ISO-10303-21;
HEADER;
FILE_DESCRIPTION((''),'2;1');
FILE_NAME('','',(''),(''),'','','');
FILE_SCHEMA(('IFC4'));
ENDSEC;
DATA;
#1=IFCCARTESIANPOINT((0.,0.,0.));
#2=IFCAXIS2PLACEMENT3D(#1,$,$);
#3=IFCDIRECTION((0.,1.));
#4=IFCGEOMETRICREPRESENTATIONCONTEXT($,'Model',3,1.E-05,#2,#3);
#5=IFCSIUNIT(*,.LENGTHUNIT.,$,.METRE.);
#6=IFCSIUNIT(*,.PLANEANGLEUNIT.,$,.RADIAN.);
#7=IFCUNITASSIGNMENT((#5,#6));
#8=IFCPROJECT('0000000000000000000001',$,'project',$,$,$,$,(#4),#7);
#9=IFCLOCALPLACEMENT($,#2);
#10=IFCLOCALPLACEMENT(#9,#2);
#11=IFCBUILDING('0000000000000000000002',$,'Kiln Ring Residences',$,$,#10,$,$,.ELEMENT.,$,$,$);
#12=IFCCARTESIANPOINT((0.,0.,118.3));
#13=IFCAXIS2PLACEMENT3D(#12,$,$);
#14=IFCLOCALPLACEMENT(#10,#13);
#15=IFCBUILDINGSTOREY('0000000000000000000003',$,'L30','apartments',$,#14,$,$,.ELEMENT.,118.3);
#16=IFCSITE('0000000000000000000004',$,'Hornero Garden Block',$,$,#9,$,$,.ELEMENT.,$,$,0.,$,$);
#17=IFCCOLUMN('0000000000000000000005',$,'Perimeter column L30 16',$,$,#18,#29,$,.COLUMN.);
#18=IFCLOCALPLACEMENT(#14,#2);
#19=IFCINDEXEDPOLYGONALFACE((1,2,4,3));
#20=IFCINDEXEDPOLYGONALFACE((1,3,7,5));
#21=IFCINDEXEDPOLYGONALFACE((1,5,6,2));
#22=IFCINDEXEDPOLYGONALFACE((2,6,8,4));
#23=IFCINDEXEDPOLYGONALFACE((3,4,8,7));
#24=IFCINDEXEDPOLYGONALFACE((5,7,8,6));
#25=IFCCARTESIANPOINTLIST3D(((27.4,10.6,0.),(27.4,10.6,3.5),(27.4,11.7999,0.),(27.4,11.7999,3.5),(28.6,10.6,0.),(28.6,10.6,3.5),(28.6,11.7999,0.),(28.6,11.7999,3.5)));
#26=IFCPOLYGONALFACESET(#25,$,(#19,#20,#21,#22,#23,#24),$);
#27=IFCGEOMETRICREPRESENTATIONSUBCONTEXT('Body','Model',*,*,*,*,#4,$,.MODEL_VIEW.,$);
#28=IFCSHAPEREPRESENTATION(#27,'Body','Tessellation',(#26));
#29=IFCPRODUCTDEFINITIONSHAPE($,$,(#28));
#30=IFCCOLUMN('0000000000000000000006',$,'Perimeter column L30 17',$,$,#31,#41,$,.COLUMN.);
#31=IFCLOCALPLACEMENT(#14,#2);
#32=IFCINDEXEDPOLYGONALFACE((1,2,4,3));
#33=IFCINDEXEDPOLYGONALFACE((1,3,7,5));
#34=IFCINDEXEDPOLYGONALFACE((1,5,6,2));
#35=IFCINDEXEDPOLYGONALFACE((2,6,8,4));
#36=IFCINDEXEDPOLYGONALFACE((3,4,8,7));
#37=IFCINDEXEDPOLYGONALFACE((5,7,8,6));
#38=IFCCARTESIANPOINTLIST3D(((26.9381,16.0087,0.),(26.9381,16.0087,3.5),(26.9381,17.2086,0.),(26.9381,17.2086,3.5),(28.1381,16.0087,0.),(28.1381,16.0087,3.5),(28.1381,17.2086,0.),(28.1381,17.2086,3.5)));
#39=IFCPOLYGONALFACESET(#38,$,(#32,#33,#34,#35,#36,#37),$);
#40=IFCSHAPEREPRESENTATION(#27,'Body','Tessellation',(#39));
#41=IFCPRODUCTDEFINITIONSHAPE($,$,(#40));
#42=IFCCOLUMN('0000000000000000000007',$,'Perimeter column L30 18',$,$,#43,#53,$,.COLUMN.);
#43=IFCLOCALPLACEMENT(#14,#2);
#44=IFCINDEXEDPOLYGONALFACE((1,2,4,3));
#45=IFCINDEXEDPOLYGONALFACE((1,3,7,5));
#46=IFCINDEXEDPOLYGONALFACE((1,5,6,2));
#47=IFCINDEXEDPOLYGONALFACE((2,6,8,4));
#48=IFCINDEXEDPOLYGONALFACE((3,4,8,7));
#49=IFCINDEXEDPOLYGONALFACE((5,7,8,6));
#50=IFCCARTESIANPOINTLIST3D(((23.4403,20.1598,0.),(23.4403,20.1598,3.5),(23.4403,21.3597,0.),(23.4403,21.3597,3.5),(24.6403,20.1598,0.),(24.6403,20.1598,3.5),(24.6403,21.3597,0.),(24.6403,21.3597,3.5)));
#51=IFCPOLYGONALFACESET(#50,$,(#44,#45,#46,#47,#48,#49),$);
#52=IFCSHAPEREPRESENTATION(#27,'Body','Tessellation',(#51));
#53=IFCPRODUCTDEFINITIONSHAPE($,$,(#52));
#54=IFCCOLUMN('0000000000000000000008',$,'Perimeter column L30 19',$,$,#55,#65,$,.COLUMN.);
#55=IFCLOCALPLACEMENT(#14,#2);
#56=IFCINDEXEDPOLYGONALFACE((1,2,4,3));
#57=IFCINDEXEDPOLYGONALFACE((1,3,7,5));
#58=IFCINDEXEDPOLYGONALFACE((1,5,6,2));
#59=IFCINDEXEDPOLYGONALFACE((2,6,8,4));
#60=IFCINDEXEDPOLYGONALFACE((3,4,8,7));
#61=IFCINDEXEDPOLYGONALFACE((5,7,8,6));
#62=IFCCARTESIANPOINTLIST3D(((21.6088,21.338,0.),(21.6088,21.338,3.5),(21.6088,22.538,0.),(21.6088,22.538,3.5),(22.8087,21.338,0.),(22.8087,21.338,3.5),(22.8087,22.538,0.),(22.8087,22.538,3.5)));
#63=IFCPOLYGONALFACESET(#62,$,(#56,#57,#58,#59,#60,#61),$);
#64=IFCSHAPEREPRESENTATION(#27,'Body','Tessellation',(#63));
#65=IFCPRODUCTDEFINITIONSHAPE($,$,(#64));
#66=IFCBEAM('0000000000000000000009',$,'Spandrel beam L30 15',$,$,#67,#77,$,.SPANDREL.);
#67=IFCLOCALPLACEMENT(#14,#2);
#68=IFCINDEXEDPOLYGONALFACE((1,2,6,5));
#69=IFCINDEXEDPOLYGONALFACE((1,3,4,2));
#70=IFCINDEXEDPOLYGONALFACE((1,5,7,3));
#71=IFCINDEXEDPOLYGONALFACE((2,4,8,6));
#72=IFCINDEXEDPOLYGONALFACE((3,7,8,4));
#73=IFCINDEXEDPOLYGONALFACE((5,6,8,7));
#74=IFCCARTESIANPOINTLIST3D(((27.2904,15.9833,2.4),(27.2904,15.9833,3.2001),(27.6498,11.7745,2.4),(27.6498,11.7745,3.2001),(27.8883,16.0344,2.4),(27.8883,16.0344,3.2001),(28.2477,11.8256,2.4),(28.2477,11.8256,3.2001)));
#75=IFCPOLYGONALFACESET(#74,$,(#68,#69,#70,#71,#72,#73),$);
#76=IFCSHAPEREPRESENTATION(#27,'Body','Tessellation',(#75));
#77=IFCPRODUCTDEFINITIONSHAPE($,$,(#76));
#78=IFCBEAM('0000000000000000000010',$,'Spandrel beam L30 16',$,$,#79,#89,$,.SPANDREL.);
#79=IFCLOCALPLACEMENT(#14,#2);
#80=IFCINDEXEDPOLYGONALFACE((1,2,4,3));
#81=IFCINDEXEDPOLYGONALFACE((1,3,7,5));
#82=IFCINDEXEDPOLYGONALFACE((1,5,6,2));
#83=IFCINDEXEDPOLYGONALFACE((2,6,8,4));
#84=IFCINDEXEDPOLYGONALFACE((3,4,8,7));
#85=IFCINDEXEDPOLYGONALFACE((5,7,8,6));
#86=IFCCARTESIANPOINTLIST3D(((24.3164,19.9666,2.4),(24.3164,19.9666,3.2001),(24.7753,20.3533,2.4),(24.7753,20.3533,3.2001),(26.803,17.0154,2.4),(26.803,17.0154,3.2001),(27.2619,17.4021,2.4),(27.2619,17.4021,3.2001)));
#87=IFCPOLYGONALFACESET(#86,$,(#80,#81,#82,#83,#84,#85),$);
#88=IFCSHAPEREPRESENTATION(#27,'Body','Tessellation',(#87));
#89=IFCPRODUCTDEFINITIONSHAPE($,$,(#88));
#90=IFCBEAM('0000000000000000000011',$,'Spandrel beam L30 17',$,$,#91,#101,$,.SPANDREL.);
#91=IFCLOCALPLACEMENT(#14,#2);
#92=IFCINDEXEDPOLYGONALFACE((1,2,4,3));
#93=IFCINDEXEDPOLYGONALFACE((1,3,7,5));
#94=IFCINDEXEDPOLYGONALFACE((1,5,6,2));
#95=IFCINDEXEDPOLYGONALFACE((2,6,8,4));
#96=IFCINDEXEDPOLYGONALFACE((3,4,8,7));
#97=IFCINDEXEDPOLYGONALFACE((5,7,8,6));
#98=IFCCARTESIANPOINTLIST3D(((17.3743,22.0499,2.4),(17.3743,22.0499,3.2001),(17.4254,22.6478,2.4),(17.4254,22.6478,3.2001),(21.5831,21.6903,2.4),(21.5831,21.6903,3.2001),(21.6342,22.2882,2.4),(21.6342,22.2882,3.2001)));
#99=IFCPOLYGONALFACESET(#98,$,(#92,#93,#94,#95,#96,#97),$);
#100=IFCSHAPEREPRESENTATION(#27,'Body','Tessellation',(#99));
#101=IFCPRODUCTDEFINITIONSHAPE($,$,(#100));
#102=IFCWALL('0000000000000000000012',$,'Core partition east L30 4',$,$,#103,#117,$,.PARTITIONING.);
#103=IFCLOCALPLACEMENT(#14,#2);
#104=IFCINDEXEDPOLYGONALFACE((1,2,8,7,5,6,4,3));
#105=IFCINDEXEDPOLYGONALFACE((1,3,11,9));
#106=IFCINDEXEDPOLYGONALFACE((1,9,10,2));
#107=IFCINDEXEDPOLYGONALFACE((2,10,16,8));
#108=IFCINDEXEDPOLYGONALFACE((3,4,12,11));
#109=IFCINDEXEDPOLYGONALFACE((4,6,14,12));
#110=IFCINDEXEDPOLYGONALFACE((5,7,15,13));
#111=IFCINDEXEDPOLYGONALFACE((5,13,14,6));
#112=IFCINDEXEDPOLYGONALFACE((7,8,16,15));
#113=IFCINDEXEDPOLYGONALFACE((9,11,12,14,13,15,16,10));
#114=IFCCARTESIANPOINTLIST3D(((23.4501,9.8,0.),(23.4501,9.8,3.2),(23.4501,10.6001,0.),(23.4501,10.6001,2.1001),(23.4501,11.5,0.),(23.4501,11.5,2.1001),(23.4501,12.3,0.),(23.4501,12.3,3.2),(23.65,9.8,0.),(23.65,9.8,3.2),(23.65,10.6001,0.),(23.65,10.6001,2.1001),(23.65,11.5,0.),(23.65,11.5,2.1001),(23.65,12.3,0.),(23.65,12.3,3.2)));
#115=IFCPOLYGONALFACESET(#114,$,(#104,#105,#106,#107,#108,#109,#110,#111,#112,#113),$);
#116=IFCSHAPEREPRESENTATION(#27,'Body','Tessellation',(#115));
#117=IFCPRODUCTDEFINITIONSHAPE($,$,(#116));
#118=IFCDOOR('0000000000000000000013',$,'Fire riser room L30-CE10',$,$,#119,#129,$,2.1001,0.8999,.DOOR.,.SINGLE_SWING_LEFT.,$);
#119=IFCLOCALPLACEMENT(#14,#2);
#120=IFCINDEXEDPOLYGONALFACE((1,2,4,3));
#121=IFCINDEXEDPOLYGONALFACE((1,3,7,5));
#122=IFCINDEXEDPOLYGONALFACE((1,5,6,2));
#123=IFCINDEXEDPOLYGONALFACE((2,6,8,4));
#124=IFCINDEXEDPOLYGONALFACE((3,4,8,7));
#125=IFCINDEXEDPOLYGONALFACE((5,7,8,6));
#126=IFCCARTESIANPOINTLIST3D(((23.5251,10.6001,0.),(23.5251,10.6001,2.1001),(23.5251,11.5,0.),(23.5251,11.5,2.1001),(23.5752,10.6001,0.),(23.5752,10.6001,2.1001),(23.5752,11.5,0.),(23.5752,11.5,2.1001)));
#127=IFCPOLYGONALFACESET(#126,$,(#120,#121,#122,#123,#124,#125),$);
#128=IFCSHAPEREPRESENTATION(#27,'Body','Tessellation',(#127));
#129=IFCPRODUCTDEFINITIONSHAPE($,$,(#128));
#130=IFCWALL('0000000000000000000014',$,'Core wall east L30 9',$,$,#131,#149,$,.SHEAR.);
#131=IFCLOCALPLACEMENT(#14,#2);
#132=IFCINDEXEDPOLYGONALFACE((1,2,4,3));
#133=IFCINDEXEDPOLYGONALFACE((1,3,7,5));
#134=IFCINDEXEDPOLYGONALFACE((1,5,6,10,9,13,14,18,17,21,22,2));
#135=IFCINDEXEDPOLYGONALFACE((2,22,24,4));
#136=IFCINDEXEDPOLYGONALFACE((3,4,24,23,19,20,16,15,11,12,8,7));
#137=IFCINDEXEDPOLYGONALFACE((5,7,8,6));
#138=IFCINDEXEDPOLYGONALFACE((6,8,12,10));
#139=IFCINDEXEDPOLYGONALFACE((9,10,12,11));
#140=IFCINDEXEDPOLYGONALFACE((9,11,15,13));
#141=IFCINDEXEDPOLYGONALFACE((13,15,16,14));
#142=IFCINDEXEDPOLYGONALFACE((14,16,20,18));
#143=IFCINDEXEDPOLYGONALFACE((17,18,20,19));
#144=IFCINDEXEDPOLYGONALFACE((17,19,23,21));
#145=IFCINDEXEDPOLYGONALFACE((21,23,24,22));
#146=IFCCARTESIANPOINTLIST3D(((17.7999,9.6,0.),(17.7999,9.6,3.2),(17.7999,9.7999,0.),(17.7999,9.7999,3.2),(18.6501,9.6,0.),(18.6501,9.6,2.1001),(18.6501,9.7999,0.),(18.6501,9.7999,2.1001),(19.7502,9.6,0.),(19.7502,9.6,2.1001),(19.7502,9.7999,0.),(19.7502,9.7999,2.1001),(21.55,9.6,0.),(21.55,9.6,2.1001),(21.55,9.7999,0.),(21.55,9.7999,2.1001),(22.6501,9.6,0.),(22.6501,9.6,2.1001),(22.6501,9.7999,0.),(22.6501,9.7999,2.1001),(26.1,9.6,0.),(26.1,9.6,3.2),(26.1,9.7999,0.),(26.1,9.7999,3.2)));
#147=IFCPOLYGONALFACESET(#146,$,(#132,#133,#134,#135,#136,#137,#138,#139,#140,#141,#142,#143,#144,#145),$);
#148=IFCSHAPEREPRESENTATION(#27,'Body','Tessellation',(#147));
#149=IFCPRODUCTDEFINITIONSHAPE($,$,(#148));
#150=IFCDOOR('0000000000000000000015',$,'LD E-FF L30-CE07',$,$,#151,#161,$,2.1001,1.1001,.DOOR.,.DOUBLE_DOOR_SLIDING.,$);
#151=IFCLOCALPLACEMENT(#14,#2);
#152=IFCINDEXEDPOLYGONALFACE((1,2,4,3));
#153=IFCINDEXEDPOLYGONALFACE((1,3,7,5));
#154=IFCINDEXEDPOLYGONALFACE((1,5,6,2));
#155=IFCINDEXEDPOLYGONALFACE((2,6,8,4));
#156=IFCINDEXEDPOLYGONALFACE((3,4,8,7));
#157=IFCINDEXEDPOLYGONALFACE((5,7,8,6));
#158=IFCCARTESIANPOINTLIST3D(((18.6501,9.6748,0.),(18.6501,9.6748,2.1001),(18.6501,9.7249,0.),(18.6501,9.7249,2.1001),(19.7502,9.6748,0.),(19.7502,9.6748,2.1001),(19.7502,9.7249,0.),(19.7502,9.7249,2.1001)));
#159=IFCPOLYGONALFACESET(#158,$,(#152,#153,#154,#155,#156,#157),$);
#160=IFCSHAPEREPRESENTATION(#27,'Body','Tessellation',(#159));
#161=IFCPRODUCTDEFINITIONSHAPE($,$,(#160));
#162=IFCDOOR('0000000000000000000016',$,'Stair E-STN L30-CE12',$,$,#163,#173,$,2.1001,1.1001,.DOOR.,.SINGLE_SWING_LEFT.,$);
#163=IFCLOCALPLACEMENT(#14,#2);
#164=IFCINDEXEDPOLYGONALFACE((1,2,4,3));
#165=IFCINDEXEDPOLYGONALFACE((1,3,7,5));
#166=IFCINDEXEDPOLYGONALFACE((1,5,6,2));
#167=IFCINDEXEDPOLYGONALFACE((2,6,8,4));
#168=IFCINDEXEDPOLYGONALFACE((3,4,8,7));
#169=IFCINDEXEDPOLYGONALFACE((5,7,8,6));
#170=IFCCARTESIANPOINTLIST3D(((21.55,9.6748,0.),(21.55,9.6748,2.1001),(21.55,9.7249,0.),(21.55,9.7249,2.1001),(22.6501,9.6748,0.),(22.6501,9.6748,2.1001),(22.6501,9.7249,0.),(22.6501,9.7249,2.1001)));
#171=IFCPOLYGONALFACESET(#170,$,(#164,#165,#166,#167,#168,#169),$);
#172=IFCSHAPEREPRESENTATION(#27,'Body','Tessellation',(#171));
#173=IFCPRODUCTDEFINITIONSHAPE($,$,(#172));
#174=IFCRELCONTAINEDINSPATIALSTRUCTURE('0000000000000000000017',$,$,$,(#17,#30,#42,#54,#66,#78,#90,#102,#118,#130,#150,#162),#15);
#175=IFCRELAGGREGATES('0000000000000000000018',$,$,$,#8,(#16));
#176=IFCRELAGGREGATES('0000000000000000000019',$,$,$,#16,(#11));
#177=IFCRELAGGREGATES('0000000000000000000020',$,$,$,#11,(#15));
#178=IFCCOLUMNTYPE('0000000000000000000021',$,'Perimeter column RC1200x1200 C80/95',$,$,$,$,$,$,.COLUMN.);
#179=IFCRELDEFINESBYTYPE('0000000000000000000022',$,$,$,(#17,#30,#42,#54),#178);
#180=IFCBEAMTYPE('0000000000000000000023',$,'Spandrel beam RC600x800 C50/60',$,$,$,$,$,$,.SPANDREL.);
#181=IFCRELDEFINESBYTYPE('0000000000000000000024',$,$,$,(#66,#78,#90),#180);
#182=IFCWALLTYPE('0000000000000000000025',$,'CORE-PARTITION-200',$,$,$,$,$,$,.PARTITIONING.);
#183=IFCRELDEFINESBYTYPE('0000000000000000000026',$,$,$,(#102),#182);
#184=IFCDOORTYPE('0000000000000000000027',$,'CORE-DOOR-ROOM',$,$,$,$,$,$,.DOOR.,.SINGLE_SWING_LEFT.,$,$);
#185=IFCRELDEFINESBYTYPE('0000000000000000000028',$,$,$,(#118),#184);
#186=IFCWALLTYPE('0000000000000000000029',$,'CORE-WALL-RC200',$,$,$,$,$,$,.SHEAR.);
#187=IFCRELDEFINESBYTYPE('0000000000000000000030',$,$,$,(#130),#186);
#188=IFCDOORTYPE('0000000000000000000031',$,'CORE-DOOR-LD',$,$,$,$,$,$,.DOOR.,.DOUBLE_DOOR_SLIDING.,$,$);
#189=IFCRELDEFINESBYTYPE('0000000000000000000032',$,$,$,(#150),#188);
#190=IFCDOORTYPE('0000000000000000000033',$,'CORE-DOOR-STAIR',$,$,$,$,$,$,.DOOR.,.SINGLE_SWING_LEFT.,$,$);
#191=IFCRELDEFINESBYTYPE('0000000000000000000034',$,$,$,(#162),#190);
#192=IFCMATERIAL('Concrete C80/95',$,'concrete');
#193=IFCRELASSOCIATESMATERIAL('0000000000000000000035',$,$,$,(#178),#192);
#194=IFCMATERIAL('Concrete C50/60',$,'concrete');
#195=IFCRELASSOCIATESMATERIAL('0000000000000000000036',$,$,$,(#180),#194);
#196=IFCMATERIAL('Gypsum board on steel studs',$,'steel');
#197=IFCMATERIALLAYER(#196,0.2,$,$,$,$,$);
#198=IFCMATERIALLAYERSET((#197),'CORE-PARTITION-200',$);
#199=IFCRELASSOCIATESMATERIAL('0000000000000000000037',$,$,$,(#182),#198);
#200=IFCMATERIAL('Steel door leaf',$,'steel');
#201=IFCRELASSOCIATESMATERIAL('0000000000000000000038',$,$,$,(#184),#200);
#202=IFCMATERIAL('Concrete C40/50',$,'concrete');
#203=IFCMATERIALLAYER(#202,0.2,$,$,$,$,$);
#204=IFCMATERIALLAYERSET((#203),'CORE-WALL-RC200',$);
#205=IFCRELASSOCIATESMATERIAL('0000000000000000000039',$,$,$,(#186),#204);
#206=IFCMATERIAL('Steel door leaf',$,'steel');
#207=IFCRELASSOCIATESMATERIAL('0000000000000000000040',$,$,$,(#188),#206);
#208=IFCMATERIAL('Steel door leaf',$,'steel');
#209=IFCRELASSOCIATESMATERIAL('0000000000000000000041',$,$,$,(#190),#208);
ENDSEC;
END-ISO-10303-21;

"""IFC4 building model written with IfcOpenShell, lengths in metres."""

from ifc_helpers import new_model, si_unit, direction, frame, frame_2d, origin, origin_2d, place, context, subcontext, project, spatial, rectangle, extrude, material, layer, layer_set, material_profile, profile_set, type_object, element, fill, save


model = new_model("IFC4")

# Units and contexts
model_context = context("Model", 3, precision=1e-05, world=origin(), true_north=direction((0.0, 1.0)))
body_context = subcontext(model_context, "Body", "Model", "MODEL_VIEW")
ifc_project = project(units=[si_unit("LENGTHUNIT", "METRE"), si_unit("PLANEANGLEUNIT", "RADIAN")], contexts=[model_context])

# Site, building, storey
site_placement = place(None, origin())
site = spatial("IfcSite", under=ifc_project, at=site_placement, Name="Hornero Garden Block", CompositionType="ELEMENT", RefElevation=0.0)
building_placement = place(site_placement, origin())
building = spatial("IfcBuilding", under=site, at=building_placement, Name="Kiln Ring Residences", CompositionType="ELEMENT")
storey_placement = place(building_placement, frame((0.0, 0.0, 118.3)))
storey = spatial("IfcBuildingStorey", under=building, at=storey_placement, Name="L30", Description="apartments", CompositionType="ELEMENT", Elevation=118.3)

# Columns
ifc_material_1 = material(Name="Concrete C80/95", Category="concrete")
ifc_material_profile_1 = material_profile(ifc_material_1, rectangle(XDim=1.2, YDim=1.2, at=origin_2d()), Name="RC1200x1200")
ifc_profile_set_1 = profile_set([ifc_material_profile_1], Name="Concrete C80/95")
column_type = type_object("IfcColumnType", Name="Perimeter column RC1200x1200 C80/95", PredefinedType="COLUMN", material=ifc_profile_set_1)
for number, where, z_axis, x_axis, name in (
    (1, (28.0, 11.2, 0.0), (0.0, 0.0, 1.0), (1.0, 0.0, 0.0), "Perimeter column L30 16"),
    (2, (27.5381, 16.6086, 0.0), (0.0, 0.0, 1.0), (1.0, 0.0, 0.0), "Perimeter column L30 17"),
    (3, (24.0403, 20.7598, 0.0), (0.0, 0.0, 1.0), (1.0, 0.0, 0.0), "Perimeter column L30 18"),
    (4, (22.2087, 21.938, 0.0), (0.0, 0.0, 1.0), (1.0, 0.0, 0.0), "Perimeter column L30 19"),
):
    element("IfcColumn", number, at=place(storey_placement, frame(where, z_axis=z_axis, x_axis=x_axis)), inside=storey, type_object=column_type, Name=name, PredefinedType="COLUMN", context=body_context, shape_type="SweptSolid", body=[
        extrude(rectangle(XDim=1.2, YDim=1.2, at=origin_2d()), origin(), (0.0, 0.0, 1.0), 3.5),
    ])

# Beams
ifc_material_2 = material(Name="Concrete C50/60", Category="concrete")
ifc_material_profile_2 = material_profile(ifc_material_2, rectangle(XDim=0.6001, YDim=0.8, at=origin_2d()), Name="RC600x800")
ifc_profile_set_2 = profile_set([ifc_material_profile_2], Name="Concrete C50/60")
beam_type = type_object("IfcBeamType", Name="Spandrel beam RC600x800 C50/60", PredefinedType="SPANDREL", material=ifc_profile_set_2)
beam_1_placement = place(storey_placement, frame((27.9487, 11.8, 2.8), z_axis=(-0.085078, 0.996374, 0.0), x_axis=(-0.996374, -0.085078, 0.0)))
element("IfcBeam", 5, at=beam_1_placement, inside=storey, type_object=beam_type, Name="Spandrel beam L30 15", PredefinedType="SPANDREL", context=body_context, shape_type="SweptSolid", body=[
    extrude(rectangle(XDim=0.6001, YDim=0.8, at=origin_2d()), origin(), (0.0, 0.0, 1.0), 4.2241),
])
beam_2_placement = place(storey_placement, frame((27.0325, 17.2087, 2.8), z_axis=(-0.644344, 0.764736, 0.0), x_axis=(-0.764736, -0.644344, 0.0)))
element("IfcBeam", 6, at=beam_2_placement, inside=storey, type_object=beam_type, Name="Spandrel beam L30 16", PredefinedType="SPANDREL", context=body_context, shape_type="SweptSolid", body=[
    extrude(rectangle(XDim=0.6001, YDim=0.8, at=origin_2d()), origin(), (0.0, 0.0, 1.0), 3.8591),
])
beam_3_placement = place(storey_placement, frame((21.6086, 21.9893, 2.8), z_axis=(-0.996369, 0.085136, 0.0), x_axis=(-0.085136, -0.996369, 0.0)))
element("IfcBeam", 7, at=beam_3_placement, inside=storey, type_object=beam_type, Name="Spandrel beam L30 17", PredefinedType="SPANDREL", context=body_context, shape_type="SweptSolid", body=[
    extrude(rectangle(XDim=0.6001, YDim=0.8, at=origin_2d()), origin(), (0.0, 0.0, 1.0), 4.2241),
])

# Wall, opening, door
ifc_material_3 = material(Name="Gypsum board on steel studs", Category="steel")
ifc_layer_1 = layer(ifc_material_3, 0.2)
ifc_layer_set_1 = layer_set([ifc_layer_1], Name="CORE-PARTITION-200")
wall_type_1 = type_object("IfcWallType", Name="CORE-PARTITION-200", PredefinedType="PARTITIONING", material=ifc_layer_set_1)
wall_1_placement = place(storey_placement, frame((23.55, 9.8, 0.0), z_axis=(0.0, 0.0, 1.0), x_axis=(0.0, 1.0, 0.0)))
wall_1 = element("IfcWall", 8, at=wall_1_placement, inside=storey, type_object=wall_type_1, Name="Core partition east L30 4", PredefinedType="PARTITIONING", context=body_context, shape_type="SweptSolid", body=[
    extrude(rectangle(XDim=2.5, YDim=0.2, at=frame_2d((1.25, 0.0))), origin(), (0.0, 0.0, 1.0), 3.2),
])
opening_1_placement = place(wall_1_placement, frame((0.8, 0.0, 0.0)))
opening_1 = element("IfcOpeningElement", 9, at=opening_1_placement, cuts=wall_1, PredefinedType="OPENING", context=body_context, shape_type="SweptSolid", body=[
    extrude(rectangle(XDim=0.8999, YDim=2.1001, at=frame_2d((0.45, 1.05))), frame((0.0, 0.1099, 0.0), z_axis=(0.0, -1.0, 0.0), x_axis=(1.0, 0.0, 0.0)), (0.0, 0.0, 1.0), 0.22),
])
ifc_material_4 = material(Name="Steel door leaf", Category="steel")
door_type_1 = type_object("IfcDoorType", Name="CORE-DOOR-ROOM", OperationType="SINGLE_SWING_LEFT", PredefinedType="DOOR", material=ifc_material_4)
door_1_placement = place(opening_1_placement, origin())
door_1 = element("IfcDoor", 10, at=door_1_placement, inside=storey, type_object=door_type_1, Name="Fire riser room L30-CE10", OperationType="SINGLE_SWING_LEFT", OverallHeight=2.1001, OverallWidth=0.8999, PredefinedType="DOOR", context=body_context, shape_type="SweptSolid", body=[
    extrude(rectangle(XDim=0.8999, YDim=2.1001, at=frame_2d((0.45, 1.05))), frame((0.0, 0.0249, 0.0), z_axis=(0.0, -1.0, 0.0), x_axis=(1.0, 0.0, 0.0)), (0.0, 0.0, 1.0), 0.05),
])
fill(opening_1, door_1)

# Wall, openings, doors
ifc_material_5 = material(Name="Concrete C40/50", Category="concrete")
ifc_layer_2 = layer(ifc_material_5, 0.2)
ifc_layer_set_2 = layer_set([ifc_layer_2], Name="CORE-WALL-RC200")
wall_type_2 = type_object("IfcWallType", Name="CORE-WALL-RC200", PredefinedType="SHEAR", material=ifc_layer_set_2)
wall_2_placement = place(storey_placement, frame((17.8, 9.7, 0.0), z_axis=(0.0, 0.0, 1.0), x_axis=(1.0, 0.0, 0.0)))
wall_2 = element("IfcWall", 11, at=wall_2_placement, inside=storey, type_object=wall_type_2, Name="Core wall east L30 9", PredefinedType="SHEAR", context=body_context, shape_type="SweptSolid", body=[
    extrude(rectangle(XDim=8.3, YDim=0.2, at=frame_2d((4.1499, 0.0))), origin(), (0.0, 0.0, 1.0), 3.2),
])
opening_2_placement = place(wall_2_placement, frame((0.8501, 0.0, 0.0)))
opening_2 = element("IfcOpeningElement", 12, at=opening_2_placement, cuts=wall_2, PredefinedType="OPENING", context=body_context, shape_type="SweptSolid", body=[
    extrude(rectangle(XDim=1.1001, YDim=2.1001, at=frame_2d((0.55, 1.05))), frame((0.0, 0.1099, 0.0), z_axis=(0.0, -1.0, 0.0), x_axis=(1.0, 0.0, 0.0)), (0.0, 0.0, 1.0), 0.22),
])
opening_3_placement = place(wall_2_placement, frame((3.75, 0.0, 0.0)))
opening_3 = element("IfcOpeningElement", 13, at=opening_3_placement, cuts=wall_2, PredefinedType="OPENING", context=body_context, shape_type="SweptSolid", body=[
    extrude(rectangle(XDim=1.1001, YDim=2.1001, at=frame_2d((0.55, 1.05))), frame((0.0, 0.1099, 0.0), z_axis=(0.0, -1.0, 0.0), x_axis=(1.0, 0.0, 0.0)), (0.0, 0.0, 1.0), 0.22),
])
ifc_material_6 = material(Name="Steel door leaf", Category="steel")
door_type_2 = type_object("IfcDoorType", Name="CORE-DOOR-LD", OperationType="DOUBLE_DOOR_SLIDING", PredefinedType="DOOR", material=ifc_material_6)
door_2_placement = place(opening_2_placement, origin())
door_2 = element("IfcDoor", 14, at=door_2_placement, inside=storey, type_object=door_type_2, Name="LD E-FF L30-CE07", OperationType="DOUBLE_DOOR_SLIDING", OverallHeight=2.1001, OverallWidth=1.1001, PredefinedType="DOOR", context=body_context, shape_type="SweptSolid", body=[
    extrude(rectangle(XDim=1.1001, YDim=2.1001, at=frame_2d((0.55, 1.05))), frame((0.0, 0.0249, 0.0), z_axis=(0.0, -1.0, 0.0), x_axis=(1.0, 0.0, 0.0)), (0.0, 0.0, 1.0), 0.05),
])
fill(opening_2, door_2)
ifc_material_7 = material(Name="Steel door leaf", Category="steel")
door_type_3 = type_object("IfcDoorType", Name="CORE-DOOR-STAIR", OperationType="SINGLE_SWING_LEFT", PredefinedType="DOOR", material=ifc_material_7)
door_3_placement = place(opening_3_placement, origin())
door_3 = element("IfcDoor", 15, at=door_3_placement, inside=storey, type_object=door_type_3, Name="Stair E-STN L30-CE12", OperationType="SINGLE_SWING_LEFT", OverallHeight=2.1001, OverallWidth=1.1001, PredefinedType="DOOR", context=body_context, shape_type="SweptSolid", body=[
    extrude(rectangle(XDim=1.1001, YDim=2.1001, at=frame_2d((0.55, 1.05))), frame((0.0, 0.0249, 0.0), z_axis=(0.0, -1.0, 0.0), x_axis=(1.0, 0.0, 0.0)), (0.0, 0.0, 1.0), 0.05),
])
fill(opening_3, door_3)

save(model, "model.ifc")
